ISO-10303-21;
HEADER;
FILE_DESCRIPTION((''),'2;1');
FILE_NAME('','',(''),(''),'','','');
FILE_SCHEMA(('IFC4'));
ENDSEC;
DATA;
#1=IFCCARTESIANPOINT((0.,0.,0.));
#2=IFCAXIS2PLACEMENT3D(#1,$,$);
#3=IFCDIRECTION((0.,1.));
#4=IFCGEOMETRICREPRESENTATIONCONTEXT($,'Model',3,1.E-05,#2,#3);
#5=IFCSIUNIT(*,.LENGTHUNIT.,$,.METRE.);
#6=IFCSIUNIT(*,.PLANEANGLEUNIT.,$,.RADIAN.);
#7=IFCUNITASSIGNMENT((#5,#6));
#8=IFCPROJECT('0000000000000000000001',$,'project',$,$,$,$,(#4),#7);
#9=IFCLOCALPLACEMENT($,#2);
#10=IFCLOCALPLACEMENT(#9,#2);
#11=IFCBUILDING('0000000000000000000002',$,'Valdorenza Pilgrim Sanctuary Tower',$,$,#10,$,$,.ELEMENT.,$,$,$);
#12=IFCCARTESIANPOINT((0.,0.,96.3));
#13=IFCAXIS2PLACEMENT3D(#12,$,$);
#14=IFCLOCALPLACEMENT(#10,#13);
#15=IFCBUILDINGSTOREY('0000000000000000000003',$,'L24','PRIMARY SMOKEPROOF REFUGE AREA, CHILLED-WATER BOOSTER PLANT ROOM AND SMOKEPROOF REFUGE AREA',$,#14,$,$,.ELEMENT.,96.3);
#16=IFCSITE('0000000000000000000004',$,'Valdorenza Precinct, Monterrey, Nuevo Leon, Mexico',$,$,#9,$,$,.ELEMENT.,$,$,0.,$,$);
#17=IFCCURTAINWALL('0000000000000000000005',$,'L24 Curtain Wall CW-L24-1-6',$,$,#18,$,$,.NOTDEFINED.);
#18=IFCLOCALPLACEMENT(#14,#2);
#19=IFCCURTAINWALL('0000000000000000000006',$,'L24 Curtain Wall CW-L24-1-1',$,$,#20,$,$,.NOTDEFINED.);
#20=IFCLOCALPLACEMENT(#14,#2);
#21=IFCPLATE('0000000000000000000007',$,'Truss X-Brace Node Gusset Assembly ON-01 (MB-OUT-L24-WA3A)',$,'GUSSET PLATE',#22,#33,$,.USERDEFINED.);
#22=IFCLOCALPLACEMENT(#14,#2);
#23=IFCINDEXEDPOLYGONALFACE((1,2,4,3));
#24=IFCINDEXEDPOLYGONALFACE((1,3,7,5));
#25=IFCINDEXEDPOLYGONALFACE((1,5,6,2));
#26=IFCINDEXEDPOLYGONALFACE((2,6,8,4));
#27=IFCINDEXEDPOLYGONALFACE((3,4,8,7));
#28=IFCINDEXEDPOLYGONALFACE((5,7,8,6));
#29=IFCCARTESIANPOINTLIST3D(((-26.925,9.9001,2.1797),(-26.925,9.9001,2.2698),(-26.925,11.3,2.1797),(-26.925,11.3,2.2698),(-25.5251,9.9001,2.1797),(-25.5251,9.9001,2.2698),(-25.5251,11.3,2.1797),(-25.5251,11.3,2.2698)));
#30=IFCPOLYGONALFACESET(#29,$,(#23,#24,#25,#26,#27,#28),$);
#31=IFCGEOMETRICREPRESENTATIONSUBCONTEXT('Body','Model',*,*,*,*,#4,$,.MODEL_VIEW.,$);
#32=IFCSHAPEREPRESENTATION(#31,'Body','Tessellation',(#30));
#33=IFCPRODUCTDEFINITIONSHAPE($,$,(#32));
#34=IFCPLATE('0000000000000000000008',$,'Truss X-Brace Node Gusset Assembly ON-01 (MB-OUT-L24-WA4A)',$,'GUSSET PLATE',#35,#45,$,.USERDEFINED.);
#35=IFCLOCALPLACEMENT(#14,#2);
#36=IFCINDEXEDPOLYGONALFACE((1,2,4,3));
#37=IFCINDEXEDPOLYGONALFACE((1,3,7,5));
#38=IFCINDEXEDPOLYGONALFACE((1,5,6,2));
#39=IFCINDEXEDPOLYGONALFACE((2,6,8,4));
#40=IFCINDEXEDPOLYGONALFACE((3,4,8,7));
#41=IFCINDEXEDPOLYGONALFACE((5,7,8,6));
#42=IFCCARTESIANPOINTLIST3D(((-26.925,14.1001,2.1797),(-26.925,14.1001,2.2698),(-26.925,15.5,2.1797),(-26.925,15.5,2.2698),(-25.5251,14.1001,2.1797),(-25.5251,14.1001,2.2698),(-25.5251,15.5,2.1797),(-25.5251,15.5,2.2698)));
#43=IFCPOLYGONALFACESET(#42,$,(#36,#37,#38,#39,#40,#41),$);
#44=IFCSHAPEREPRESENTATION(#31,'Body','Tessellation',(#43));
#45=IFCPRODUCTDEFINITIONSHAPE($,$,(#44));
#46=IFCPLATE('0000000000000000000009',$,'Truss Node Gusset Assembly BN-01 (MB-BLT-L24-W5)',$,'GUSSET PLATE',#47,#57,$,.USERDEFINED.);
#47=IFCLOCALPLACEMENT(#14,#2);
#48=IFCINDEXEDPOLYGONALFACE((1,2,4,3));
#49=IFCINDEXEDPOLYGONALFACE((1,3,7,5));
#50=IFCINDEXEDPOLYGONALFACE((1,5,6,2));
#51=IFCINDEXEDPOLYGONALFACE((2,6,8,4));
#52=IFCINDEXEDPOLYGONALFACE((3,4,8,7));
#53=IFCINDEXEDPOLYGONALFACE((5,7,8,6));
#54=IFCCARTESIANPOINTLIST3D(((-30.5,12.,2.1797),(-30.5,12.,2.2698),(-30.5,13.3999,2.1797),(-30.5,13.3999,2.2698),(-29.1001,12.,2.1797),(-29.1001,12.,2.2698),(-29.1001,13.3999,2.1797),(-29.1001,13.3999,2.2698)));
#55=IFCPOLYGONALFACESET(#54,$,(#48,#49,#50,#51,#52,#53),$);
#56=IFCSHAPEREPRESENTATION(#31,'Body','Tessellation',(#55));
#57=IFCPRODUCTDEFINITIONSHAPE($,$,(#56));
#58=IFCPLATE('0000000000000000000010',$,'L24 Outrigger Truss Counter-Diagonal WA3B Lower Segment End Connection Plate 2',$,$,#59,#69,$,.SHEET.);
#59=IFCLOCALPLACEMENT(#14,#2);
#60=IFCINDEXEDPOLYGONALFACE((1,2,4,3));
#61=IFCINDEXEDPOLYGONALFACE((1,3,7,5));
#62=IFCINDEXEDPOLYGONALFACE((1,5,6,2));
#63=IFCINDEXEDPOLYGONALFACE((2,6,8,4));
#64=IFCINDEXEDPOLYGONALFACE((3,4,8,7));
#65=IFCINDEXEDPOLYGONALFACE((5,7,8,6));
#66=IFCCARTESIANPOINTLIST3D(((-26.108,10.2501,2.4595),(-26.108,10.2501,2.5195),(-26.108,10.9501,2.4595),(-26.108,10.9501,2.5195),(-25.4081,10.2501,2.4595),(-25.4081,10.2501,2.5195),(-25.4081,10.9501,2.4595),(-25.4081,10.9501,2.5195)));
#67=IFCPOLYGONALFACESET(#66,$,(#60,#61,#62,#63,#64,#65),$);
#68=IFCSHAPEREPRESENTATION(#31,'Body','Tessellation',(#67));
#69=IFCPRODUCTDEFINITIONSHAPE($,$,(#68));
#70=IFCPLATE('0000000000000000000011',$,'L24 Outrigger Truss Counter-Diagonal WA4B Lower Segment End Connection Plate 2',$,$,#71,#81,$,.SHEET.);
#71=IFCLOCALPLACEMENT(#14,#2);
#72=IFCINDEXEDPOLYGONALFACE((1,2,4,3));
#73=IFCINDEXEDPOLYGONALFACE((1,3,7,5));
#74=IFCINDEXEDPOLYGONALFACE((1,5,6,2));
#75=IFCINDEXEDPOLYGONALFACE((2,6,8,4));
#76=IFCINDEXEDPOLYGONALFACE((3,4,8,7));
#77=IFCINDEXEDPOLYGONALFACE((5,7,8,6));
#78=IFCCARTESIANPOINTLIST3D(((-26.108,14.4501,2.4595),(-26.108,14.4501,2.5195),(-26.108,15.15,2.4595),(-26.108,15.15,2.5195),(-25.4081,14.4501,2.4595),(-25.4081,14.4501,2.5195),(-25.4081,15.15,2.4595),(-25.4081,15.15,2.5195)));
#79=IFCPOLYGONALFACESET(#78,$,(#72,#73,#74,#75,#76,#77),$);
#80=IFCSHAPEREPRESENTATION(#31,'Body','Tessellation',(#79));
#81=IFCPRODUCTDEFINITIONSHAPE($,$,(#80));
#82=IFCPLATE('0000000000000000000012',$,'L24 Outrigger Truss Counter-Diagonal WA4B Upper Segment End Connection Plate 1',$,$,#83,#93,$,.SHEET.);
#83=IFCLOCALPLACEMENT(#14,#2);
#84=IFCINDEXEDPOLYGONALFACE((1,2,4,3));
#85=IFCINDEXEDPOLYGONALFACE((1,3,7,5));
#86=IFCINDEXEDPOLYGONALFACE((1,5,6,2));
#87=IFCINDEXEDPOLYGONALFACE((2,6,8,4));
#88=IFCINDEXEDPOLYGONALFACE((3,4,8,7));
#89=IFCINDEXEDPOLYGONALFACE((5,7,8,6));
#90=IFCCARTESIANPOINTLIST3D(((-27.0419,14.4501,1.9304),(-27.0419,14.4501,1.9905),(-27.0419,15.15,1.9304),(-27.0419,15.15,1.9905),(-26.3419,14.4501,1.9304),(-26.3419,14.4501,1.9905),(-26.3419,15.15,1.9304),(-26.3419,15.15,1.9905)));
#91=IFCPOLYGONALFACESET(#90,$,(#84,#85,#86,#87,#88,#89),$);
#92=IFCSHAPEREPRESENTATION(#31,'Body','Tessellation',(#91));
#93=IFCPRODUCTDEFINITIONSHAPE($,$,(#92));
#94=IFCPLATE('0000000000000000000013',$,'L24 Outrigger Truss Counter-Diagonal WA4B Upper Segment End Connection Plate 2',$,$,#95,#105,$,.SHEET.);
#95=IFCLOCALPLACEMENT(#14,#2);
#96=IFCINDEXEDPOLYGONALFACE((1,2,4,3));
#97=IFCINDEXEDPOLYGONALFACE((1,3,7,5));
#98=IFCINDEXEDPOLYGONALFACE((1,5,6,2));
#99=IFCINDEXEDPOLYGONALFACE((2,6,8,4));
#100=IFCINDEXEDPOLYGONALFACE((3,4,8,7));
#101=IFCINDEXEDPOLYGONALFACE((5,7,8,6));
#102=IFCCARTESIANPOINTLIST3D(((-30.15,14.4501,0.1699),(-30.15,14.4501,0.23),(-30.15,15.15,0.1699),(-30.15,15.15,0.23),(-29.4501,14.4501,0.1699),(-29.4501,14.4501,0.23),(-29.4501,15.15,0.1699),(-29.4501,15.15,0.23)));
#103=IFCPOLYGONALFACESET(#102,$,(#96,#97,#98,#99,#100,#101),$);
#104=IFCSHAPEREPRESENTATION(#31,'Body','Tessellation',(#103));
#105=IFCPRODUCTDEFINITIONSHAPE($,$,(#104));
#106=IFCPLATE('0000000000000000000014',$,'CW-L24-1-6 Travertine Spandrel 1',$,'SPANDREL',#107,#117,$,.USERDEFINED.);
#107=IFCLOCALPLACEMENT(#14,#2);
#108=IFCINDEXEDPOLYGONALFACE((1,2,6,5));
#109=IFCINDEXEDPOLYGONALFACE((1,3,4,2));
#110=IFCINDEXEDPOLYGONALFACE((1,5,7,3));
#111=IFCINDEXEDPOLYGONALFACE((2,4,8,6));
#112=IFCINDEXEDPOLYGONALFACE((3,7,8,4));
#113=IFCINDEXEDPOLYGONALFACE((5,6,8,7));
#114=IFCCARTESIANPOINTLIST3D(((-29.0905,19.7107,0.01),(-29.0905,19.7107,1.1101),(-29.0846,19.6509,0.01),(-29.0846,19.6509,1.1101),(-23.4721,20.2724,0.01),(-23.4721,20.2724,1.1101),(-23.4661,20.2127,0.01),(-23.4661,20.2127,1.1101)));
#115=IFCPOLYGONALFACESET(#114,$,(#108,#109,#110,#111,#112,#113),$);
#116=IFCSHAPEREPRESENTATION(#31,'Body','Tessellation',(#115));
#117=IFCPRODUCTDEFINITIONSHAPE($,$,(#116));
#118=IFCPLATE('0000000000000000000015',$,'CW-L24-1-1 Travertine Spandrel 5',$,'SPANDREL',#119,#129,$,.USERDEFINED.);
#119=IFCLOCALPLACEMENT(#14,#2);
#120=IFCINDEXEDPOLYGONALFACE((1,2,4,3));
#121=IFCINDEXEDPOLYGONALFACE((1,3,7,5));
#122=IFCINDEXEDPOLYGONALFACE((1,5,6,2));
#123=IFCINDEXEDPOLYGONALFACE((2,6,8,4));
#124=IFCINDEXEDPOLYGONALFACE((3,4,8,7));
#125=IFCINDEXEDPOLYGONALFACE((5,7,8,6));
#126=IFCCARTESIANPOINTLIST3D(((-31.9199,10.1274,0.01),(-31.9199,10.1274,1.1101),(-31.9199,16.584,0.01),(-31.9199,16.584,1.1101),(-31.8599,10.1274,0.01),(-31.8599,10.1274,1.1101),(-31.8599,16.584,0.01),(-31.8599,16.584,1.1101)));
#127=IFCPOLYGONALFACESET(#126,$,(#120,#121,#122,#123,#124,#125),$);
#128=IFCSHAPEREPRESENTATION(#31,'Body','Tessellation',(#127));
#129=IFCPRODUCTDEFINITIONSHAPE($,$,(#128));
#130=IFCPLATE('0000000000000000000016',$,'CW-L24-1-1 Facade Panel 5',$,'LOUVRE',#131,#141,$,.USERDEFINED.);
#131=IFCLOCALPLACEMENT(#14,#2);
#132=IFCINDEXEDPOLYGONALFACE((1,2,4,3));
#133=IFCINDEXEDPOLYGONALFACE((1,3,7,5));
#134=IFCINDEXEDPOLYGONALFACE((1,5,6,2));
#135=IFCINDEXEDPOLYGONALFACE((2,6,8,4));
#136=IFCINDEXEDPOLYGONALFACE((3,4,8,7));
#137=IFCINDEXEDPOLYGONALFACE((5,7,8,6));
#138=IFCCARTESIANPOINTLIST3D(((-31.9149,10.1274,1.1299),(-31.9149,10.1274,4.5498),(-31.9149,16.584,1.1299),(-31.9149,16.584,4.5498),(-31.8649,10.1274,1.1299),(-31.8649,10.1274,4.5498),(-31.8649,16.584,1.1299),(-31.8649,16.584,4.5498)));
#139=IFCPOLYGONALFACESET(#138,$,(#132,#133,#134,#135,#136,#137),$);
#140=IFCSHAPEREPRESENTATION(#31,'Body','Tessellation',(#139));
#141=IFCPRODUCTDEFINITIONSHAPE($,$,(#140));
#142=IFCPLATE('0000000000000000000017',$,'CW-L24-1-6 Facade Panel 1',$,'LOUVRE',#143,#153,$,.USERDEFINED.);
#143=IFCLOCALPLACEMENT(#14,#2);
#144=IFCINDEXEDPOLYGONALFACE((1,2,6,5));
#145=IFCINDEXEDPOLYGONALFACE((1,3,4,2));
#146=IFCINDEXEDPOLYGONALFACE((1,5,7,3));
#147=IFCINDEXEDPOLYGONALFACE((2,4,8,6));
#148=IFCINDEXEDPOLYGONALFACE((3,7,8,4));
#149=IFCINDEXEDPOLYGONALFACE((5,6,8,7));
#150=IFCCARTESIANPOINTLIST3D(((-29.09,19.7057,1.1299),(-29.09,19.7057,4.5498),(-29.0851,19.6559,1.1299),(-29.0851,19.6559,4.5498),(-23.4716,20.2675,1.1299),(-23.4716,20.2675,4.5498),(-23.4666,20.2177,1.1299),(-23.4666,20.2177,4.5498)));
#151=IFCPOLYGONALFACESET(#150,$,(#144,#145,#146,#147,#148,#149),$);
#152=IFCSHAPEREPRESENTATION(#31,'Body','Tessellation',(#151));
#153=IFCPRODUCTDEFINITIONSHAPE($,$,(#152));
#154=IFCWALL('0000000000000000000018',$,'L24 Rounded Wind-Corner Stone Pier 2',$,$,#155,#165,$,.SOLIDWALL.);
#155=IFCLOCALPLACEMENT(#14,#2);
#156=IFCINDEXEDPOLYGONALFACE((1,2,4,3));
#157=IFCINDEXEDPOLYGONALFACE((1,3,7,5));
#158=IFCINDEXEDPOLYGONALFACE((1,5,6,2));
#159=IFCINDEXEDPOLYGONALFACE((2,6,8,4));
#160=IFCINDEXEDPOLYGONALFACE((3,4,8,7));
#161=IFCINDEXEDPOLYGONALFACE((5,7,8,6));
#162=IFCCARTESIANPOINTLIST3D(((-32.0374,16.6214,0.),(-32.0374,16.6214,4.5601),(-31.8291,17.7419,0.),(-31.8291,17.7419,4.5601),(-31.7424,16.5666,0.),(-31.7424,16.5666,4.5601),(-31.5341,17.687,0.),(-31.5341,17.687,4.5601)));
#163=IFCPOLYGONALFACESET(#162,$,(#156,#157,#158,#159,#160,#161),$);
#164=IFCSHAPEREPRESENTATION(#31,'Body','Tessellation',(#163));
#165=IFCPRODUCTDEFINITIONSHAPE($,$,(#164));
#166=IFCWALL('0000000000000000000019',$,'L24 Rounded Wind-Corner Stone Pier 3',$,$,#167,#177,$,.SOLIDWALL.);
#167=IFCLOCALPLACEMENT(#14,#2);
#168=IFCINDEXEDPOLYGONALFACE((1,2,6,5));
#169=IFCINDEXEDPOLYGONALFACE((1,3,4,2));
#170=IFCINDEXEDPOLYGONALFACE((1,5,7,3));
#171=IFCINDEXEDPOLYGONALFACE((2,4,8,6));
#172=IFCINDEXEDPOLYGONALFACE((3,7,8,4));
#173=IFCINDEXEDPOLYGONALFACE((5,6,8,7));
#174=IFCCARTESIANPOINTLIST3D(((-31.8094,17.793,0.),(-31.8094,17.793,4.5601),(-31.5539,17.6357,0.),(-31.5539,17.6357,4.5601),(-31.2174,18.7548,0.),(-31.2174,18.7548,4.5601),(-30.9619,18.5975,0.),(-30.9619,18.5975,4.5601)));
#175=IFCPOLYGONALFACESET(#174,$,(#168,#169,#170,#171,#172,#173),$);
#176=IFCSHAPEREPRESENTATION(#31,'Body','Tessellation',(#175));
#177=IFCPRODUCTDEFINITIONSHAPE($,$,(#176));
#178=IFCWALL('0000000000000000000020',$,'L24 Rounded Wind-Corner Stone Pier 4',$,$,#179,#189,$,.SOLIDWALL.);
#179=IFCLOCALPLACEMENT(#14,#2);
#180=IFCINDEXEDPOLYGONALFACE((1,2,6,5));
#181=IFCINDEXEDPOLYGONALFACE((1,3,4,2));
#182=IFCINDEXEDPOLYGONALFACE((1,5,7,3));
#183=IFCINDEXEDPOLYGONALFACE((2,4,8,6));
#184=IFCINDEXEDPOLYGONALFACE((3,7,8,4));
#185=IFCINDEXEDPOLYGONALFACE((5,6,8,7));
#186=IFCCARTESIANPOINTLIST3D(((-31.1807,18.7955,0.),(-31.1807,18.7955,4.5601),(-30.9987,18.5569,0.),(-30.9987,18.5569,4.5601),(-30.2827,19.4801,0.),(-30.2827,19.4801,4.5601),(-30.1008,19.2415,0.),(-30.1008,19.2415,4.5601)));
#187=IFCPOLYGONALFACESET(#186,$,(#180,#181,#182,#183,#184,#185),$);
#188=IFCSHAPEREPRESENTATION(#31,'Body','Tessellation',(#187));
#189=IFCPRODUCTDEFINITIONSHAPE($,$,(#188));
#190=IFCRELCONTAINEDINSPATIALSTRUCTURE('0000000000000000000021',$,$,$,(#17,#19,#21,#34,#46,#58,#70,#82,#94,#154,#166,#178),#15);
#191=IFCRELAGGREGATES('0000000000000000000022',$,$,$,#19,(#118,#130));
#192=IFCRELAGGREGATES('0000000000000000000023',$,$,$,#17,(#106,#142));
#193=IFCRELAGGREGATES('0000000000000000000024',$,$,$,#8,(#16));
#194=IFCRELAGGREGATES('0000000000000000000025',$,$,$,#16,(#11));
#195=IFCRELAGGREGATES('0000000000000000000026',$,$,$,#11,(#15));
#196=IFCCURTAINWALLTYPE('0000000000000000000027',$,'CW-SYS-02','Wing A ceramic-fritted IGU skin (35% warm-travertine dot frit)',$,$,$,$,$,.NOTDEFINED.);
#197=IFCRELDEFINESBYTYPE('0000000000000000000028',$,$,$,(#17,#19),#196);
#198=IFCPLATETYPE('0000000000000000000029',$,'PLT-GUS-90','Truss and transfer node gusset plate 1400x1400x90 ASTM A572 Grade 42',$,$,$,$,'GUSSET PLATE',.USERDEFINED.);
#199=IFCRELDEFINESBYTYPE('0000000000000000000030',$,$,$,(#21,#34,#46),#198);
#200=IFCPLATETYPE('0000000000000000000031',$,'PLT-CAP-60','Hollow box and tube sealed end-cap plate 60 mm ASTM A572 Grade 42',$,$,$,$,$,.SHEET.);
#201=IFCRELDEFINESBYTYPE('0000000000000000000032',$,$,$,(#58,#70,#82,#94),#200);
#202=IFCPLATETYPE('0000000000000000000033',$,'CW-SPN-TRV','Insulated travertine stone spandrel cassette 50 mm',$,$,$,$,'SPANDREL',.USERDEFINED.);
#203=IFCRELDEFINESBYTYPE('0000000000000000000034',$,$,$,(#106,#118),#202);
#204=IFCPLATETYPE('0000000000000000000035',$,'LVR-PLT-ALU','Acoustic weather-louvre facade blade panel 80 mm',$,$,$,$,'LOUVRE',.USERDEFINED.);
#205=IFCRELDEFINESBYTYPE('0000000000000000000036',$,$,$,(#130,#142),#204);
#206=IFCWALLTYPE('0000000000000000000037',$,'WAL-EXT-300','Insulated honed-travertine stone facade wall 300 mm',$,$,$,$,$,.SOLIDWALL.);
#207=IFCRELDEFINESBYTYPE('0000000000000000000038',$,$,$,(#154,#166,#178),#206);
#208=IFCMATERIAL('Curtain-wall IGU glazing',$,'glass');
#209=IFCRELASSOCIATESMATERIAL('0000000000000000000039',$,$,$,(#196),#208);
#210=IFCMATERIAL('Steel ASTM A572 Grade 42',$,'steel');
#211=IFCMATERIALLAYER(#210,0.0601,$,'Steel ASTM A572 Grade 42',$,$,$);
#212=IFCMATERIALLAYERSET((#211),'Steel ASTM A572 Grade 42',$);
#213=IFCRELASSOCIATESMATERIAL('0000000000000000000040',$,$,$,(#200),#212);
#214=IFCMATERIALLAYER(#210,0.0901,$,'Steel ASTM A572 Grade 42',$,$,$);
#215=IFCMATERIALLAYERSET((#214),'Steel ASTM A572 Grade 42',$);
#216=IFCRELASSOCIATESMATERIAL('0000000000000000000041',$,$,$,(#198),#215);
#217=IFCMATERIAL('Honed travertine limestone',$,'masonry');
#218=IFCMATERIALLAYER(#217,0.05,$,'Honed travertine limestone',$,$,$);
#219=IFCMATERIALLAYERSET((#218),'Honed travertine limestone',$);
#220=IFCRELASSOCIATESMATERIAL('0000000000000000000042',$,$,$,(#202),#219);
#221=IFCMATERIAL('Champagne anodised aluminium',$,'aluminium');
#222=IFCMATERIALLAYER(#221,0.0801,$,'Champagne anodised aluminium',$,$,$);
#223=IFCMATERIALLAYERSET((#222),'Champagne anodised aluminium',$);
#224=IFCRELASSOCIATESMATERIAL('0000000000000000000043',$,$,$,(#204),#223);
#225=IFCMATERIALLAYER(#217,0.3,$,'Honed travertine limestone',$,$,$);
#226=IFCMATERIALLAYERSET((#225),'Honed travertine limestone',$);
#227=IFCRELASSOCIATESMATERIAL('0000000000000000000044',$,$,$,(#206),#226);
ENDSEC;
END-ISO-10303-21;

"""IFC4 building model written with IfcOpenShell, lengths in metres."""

from ifc_helpers import new_model, si_unit, direction, frame, frame_2d, origin, origin_2d, place, context, subcontext, project, spatial, rectangle, extrude, source, transform, mapped, material, layer, layer_set, type_object, element, aggregate, save


model = new_model("IFC4")

# Units and contexts
model_context = context("Model", 3, precision=1e-05, world=origin(), true_north=direction((0.0, 1.0)))
body_context = subcontext(model_context, "Body", "Model", "MODEL_VIEW")
ifc_project = project(units=[si_unit("LENGTHUNIT", "METRE"), si_unit("PLANEANGLEUNIT", "RADIAN")], contexts=[model_context])

# Site, building, storey
site_placement = place(None, origin())
site = spatial("IfcSite", under=ifc_project, at=site_placement, Name="Valdorenza Precinct, Monterrey, Nuevo Leon, Mexico", CompositionType="ELEMENT", RefElevation=0.0)
building_placement = place(site_placement, origin())
building = spatial("IfcBuilding", under=site, at=building_placement, Name="Valdorenza Pilgrim Sanctuary Tower", CompositionType="ELEMENT")
storey_placement = place(building_placement, frame((0.0, 0.0, 96.3)))
storey = spatial("IfcBuildingStorey", under=building, at=storey_placement, Name="L24", Description="PRIMARY SMOKEPROOF REFUGE AREA, CHILLED-WATER BOOSTER PLANT ROOM AND SMOKEPROOF REFUGE AREA", CompositionType="ELEMENT", Elevation=96.3)

# Shared definitions
ifc_material_1 = material(Name="Steel ASTM A572 Grade 42", Category="steel")

# Curtain walls
ifc_material_2 = material(Name="Curtain-wall IGU glazing", Category="glass")
curtain_wall_type = type_object("IfcCurtainWallType", Name="CW-SYS-02", Description="Wing A ceramic-fritted IGU skin (35% warm-travertine dot frit)", PredefinedType="NOTDEFINED", material=ifc_material_2)
curtain_wall_1_placement = place(storey_placement, origin())
curtain_wall_1 = element("IfcCurtainWall", 1, at=curtain_wall_1_placement, inside=storey, type_object=curtain_wall_type, Name="L24 Curtain Wall CW-L24-1-6", PredefinedType="NOTDEFINED")
curtain_wall_2_placement = place(storey_placement, origin())
curtain_wall_2 = element("IfcCurtainWall", 2, at=curtain_wall_2_placement, inside=storey, type_object=curtain_wall_type, Name="L24 Curtain Wall CW-L24-1-1", PredefinedType="NOTDEFINED")

# Plates
ifc_layer_1 = layer(ifc_material_1, 0.0601, Name="Steel ASTM A572 Grade 42")
ifc_layer_set_1 = layer_set([ifc_layer_1], Name="Steel ASTM A572 Grade 42")
plate_type_1 = type_object("IfcPlateType", Name="PLT-CAP-60", Description="Hollow box and tube sealed end-cap plate 60 mm ASTM A572 Grade 42", PredefinedType="SHEET", material=ifc_layer_set_1)
ifc_layer_2 = layer(ifc_material_1, 0.0901, Name="Steel ASTM A572 Grade 42")
ifc_layer_set_2 = layer_set([ifc_layer_2], Name="Steel ASTM A572 Grade 42")
plate_type_2 = type_object("IfcPlateType", Name="PLT-GUS-90", Description="Truss and transfer node gusset plate 1400x1400x90 ASTM A572 Grade 42", ElementType="GUSSET PLATE", PredefinedType="USERDEFINED", material=ifc_layer_set_2)
shared_shape_1 = source(origin(), body_context, "Body", "SweptSolid", [
    extrude(rectangle(XDim=1.3999, YDim=1.3999, at=origin_2d()), origin(), (0.0, 0.0, 1.0), 0.0901),
])
for number, where, z_axis, x_axis, name in (
    (3, (-26.2251, 10.6001, 2.1797), (0.0, 0.0, 1.0), (1.0, 0.0, 0.0), "Truss X-Brace Node Gusset Assembly ON-01 (MB-OUT-L24-WA3A)"),
    (4, (-26.2251, 14.8, 2.1797), (0.0, 0.0, 1.0), (1.0, 0.0, 0.0), "Truss X-Brace Node Gusset Assembly ON-01 (MB-OUT-L24-WA4A)"),
    (5, (-29.8, 12.7, 2.1797), (0.0, 0.0, 1.0), (1.0, 0.0, 0.0), "Truss Node Gusset Assembly BN-01 (MB-BLT-L24-W5)"),
):
    element("IfcPlate", number, at=place(storey_placement, frame(where, z_axis=z_axis, x_axis=x_axis)), inside=storey, type_object=plate_type_2, Name=name, ObjectType="GUSSET PLATE", PredefinedType="USERDEFINED", context=body_context, shape_type="MappedRepresentation", body=[
        mapped(shared_shape_1, transform((0.0, 0.0, 0.0), x_axis=(1.0, 0.0, 0.0), y_axis=(0.0, 1.0, 0.0), z_axis=(0.0, 0.0, 1.0), scale=1.0)),
    ])
shared_shape_2 = source(origin(), body_context, "Body", "SweptSolid", [
    extrude(rectangle(XDim=0.7, YDim=0.7, at=origin_2d()), origin(), (0.0, 0.0, 1.0), 0.0601),
])
for number, where, z_axis, x_axis, name in (
    (6, (-25.7581, 10.6001, 2.4595), (0.0, 0.0, 1.0), (1.0, 0.0, 0.0), "L24 Outrigger Truss Counter-Diagonal WA3B Lower Segment End Connection Plate 2"),
    (7, (-25.7581, 14.8, 2.4595), (0.0, 0.0, 1.0), (1.0, 0.0, 0.0), "L24 Outrigger Truss Counter-Diagonal WA4B Lower Segment End Connection Plate 2"),
    (8, (-26.6919, 14.8, 1.9304), (0.0, 0.0, 1.0), (1.0, 0.0, 0.0), "L24 Outrigger Truss Counter-Diagonal WA4B Upper Segment End Connection Plate 1"),
    (9, (-29.8, 14.8, 0.1699), (0.0, 0.0, 1.0), (1.0, 0.0, 0.0), "L24 Outrigger Truss Counter-Diagonal WA4B Upper Segment End Connection Plate 2"),
):
    element("IfcPlate", number, at=place(storey_placement, frame(where, z_axis=z_axis, x_axis=x_axis)), inside=storey, type_object=plate_type_1, Name=name, PredefinedType="SHEET", context=body_context, shape_type="MappedRepresentation", body=[
        mapped(shared_shape_2, transform((0.0, 0.0, 0.0), x_axis=(1.0, 0.0, 0.0), y_axis=(0.0, 1.0, 0.0), z_axis=(0.0, 0.0, 1.0), scale=1.0)),
    ])

# Plates
ifc_material_3 = material(Name="Honed travertine limestone", Category="masonry")
ifc_layer_3 = layer(ifc_material_3, 0.05, Name="Honed travertine limestone")
ifc_layer_set_3 = layer_set([ifc_layer_3], Name="Honed travertine limestone")
plate_type_3 = type_object("IfcPlateType", Name="CW-SPN-TRV", Description="Insulated travertine stone spandrel cassette 50 mm", ElementType="SPANDREL", PredefinedType="USERDEFINED", material=ifc_layer_set_3)
shared_shape_3 = source(origin(), body_context, "Body", "SweptSolid", [
    extrude(rectangle(XDim=5.6465, YDim=0.0601, at=origin_2d()), origin(), (0.0, 0.0, 1.0), 1.1001),
])
plate_1_placement = place(storey_placement, frame((-26.2783, 19.9617, 0.01), z_axis=(0.0, 0.0, 1.0), x_axis=(0.995038, 0.099493, 0.0)))
plate_1 = element("IfcPlate", 10, at=plate_1_placement, type_object=plate_type_3, Name="CW-L24-1-6 Travertine Spandrel 1", ObjectType="SPANDREL", PredefinedType="USERDEFINED", context=body_context, shape_type="MappedRepresentation", body=[
    mapped(shared_shape_3, transform((0.0, 0.0, 0.0), x_axis=(1.0, 0.0, 0.0), y_axis=(0.0, 1.0, 0.0), z_axis=(0.0, 0.0, 1.0), scale=1.0)),
])
shared_shape_4 = source(origin(), body_context, "Body", "SweptSolid", [
    extrude(rectangle(XDim=6.4565, YDim=0.0601, at=origin_2d()), origin(), (0.0, 0.0, 1.0), 1.1001),
])
plate_2_placement = place(storey_placement, frame((-31.8899, 13.3557, 0.01), z_axis=(0.0, 0.0, 1.0), x_axis=(0.0, 1.0, 0.0)))
plate_2 = element("IfcPlate", 11, at=plate_2_placement, type_object=plate_type_3, Name="CW-L24-1-1 Travertine Spandrel 5", ObjectType="SPANDREL", PredefinedType="USERDEFINED", context=body_context, shape_type="MappedRepresentation", body=[
    mapped(shared_shape_4, transform((0.0, 0.0, 0.0), x_axis=(1.0, 0.0, 0.0), y_axis=(0.0, 1.0, 0.0), z_axis=(0.0, 0.0, 1.0), scale=1.0)),
])
ifc_material_4 = material(Name="Champagne anodised aluminium", Category="aluminium")
ifc_layer_4 = layer(ifc_material_4, 0.0801, Name="Champagne anodised aluminium")
ifc_layer_set_4 = layer_set([ifc_layer_4], Name="Champagne anodised aluminium")
plate_type_4 = type_object("IfcPlateType", Name="LVR-PLT-ALU", Description="Acoustic weather-louvre facade blade panel 80 mm", ElementType="LOUVRE", PredefinedType="USERDEFINED", material=ifc_layer_set_4)
shared_shape_5 = source(origin(), body_context, "Body", "SweptSolid", [
    extrude(rectangle(XDim=6.4565, YDim=0.05, at=origin_2d()), origin(), (0.0, 0.0, 1.0), 3.4199),
])
plate_3_placement = place(storey_placement, frame((-31.8899, 13.3557, 1.1299), z_axis=(0.0, 0.0, 1.0), x_axis=(0.0, 1.0, 0.0)))
plate_3 = element("IfcPlate", 12, at=plate_3_placement, type_object=plate_type_4, Name="CW-L24-1-1 Facade Panel 5", ObjectType="LOUVRE", PredefinedType="USERDEFINED", context=body_context, shape_type="MappedRepresentation", body=[
    mapped(shared_shape_5, transform((0.0, 0.0, 0.0), x_axis=(1.0, 0.0, 0.0), y_axis=(0.0, 1.0, 0.0), z_axis=(0.0, 0.0, 1.0), scale=1.0)),
])
aggregate(curtain_wall_2, [plate_2, plate_3])
shared_shape_6 = source(origin(), body_context, "Body", "SweptSolid", [
    extrude(rectangle(XDim=5.6465, YDim=0.05, at=origin_2d()), origin(), (0.0, 0.0, 1.0), 3.4199),
])
plate_4_placement = place(storey_placement, frame((-26.2783, 19.9617, 1.1299), z_axis=(0.0, 0.0, 1.0), x_axis=(0.995038, 0.099493, 0.0)))
plate_4 = element("IfcPlate", 13, at=plate_4_placement, type_object=plate_type_4, Name="CW-L24-1-6 Facade Panel 1", ObjectType="LOUVRE", PredefinedType="USERDEFINED", context=body_context, shape_type="MappedRepresentation", body=[
    mapped(shared_shape_6, transform((0.0, 0.0, 0.0), x_axis=(1.0, 0.0, 0.0), y_axis=(0.0, 1.0, 0.0), z_axis=(0.0, 0.0, 1.0), scale=1.0)),
])
aggregate(curtain_wall_1, [plate_1, plate_4])

# Walls
ifc_layer_5 = layer(ifc_material_3, 0.3, Name="Honed travertine limestone")
ifc_layer_set_5 = layer_set([ifc_layer_5], Name="Honed travertine limestone")
wall_type_1 = type_object("IfcWallType", Name="WAL-EXT-300", Description="Insulated honed-travertine stone facade wall 300 mm", PredefinedType="SOLIDWALL", material=ifc_layer_set_5)
wall_1_placement = place(storey_placement, frame((-31.8899, 16.594, 0.0), z_axis=(0.0, 0.0, 1.0), x_axis=(0.182749, 0.98316, 0.0)))
element("IfcWall", 14, at=wall_1_placement, inside=storey, type_object=wall_type_1, Name="L24 Rounded Wind-Corner Stone Pier 2", PredefinedType="SOLIDWALL", context=body_context, shape_type="SweptSolid", body=[
    extrude(rectangle(XDim=1.1396, YDim=0.3, at=frame_2d((0.5698, 0.0))), origin(), (0.0, 0.0, 1.0), 4.5601),
])
wall_2_placement = place(storey_placement, frame((-31.6816, 17.7144, 0.0), z_axis=(0.0, 0.0, 1.0), x_axis=(0.524158, 0.851621, 0.0)))
element("IfcWall", 15, at=wall_2_placement, inside=storey, type_object=wall_type_1, Name="L24 Rounded Wind-Corner Stone Pier 3", PredefinedType="SOLIDWALL", context=body_context, shape_type="SweptSolid", body=[
    extrude(rectangle(XDim=1.1294, YDim=0.3, at=frame_2d((0.5647, 0.0))), origin(), (0.0, 0.0, 1.0), 4.5601),
])
wall_3_placement = place(storey_placement, frame((-31.0896, 18.6763, 0.0), z_axis=(0.0, 0.0, 1.0), x_axis=(0.795253, 0.606278, 0.0)))
element("IfcWall", 16, at=wall_3_placement, inside=storey, type_object=wall_type_1, Name="L24 Rounded Wind-Corner Stone Pier 4", PredefinedType="SOLIDWALL", context=body_context, shape_type="SweptSolid", body=[
    extrude(rectangle(XDim=1.1292, YDim=0.3, at=frame_2d((0.5645, 0.0))), origin(), (0.0, 0.0, 1.0), 4.5601),
])

save(model, "model.ifc")
